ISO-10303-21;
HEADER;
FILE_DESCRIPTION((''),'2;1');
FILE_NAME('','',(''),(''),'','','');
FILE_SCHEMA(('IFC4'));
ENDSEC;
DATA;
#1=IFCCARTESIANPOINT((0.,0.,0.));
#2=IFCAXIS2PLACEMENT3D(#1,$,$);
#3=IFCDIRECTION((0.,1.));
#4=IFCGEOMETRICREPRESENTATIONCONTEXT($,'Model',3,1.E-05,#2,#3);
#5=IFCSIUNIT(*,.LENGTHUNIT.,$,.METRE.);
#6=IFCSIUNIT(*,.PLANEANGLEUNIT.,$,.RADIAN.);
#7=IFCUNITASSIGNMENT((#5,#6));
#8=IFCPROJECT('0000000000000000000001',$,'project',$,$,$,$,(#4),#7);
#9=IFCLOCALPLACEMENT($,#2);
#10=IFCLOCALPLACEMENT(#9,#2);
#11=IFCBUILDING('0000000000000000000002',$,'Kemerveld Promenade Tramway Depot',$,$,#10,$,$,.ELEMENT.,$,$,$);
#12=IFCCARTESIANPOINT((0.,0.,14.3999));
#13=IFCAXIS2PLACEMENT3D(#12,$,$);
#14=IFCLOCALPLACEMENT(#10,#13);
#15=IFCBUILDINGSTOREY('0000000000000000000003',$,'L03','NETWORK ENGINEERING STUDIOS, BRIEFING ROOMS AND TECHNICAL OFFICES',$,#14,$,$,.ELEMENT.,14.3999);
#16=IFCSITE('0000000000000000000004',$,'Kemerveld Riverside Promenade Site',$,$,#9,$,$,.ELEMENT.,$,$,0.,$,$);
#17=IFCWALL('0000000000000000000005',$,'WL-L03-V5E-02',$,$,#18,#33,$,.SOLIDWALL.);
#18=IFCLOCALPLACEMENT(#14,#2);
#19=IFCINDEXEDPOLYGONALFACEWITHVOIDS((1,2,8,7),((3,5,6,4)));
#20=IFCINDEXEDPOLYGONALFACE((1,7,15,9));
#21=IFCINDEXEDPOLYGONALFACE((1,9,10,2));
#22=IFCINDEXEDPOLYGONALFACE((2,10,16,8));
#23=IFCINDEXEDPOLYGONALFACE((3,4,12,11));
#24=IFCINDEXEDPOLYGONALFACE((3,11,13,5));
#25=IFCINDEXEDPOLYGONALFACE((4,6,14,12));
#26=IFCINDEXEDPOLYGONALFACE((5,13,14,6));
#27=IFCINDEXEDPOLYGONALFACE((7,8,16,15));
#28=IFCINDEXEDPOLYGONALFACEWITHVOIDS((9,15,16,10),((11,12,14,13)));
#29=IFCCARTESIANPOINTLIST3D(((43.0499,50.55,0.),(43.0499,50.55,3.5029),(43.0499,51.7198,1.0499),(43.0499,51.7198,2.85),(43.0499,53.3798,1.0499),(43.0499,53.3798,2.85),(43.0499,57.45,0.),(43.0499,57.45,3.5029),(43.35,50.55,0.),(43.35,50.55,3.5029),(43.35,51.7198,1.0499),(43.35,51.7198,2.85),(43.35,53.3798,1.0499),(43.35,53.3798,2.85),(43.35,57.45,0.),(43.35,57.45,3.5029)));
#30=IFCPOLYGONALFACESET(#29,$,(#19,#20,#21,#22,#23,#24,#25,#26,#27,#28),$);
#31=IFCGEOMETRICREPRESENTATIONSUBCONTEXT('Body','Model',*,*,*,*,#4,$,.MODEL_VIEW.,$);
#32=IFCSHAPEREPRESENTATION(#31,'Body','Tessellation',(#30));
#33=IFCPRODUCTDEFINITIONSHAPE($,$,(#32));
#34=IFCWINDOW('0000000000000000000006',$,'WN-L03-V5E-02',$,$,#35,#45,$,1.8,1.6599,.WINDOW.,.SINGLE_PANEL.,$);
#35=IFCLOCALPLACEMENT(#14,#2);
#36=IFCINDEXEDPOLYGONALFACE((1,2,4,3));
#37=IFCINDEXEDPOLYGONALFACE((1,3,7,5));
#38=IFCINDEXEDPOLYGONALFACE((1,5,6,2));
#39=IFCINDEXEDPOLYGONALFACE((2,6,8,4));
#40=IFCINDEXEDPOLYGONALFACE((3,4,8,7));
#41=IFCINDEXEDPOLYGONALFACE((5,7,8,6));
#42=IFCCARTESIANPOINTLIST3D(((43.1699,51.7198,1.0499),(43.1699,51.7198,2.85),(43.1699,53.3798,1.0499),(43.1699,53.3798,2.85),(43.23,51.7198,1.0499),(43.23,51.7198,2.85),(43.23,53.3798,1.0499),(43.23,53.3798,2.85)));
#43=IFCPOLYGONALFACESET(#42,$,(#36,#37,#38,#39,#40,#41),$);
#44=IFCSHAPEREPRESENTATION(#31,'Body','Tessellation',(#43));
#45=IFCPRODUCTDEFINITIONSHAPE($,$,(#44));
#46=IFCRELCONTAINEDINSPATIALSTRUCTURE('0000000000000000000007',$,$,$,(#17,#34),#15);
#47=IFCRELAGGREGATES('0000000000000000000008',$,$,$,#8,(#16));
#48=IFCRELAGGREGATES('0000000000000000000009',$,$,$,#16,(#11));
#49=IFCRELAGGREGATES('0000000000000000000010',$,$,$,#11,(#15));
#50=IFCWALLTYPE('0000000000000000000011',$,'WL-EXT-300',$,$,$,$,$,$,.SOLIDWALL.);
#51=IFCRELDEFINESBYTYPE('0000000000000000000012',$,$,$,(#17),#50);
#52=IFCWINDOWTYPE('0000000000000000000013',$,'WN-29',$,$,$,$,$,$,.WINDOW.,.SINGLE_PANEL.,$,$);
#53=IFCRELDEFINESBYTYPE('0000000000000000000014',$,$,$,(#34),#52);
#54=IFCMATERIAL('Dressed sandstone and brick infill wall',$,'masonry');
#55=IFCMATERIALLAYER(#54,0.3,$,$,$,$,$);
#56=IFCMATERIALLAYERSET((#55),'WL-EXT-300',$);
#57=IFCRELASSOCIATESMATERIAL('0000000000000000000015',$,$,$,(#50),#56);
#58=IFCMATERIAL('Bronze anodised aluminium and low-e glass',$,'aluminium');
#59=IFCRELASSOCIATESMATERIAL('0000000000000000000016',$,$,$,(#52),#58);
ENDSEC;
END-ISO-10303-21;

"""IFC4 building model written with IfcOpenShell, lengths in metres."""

from ifc_helpers import new_model, si_unit, direction, frame, frame_2d, origin, place, context, subcontext, project, spatial, rectangle, extrude, material, layer, layer_set, type_object, element, fill, save


model = new_model("IFC4")

# Units and contexts
model_context = context("Model", 3, precision=1e-05, world=origin(), true_north=direction((0.0, 1.0)))
body_context = subcontext(model_context, "Body", "Model", "MODEL_VIEW")
ifc_project = project(units=[si_unit("LENGTHUNIT", "METRE"), si_unit("PLANEANGLEUNIT", "RADIAN")], contexts=[model_context])

# Site, building, storey
site_placement = place(None, origin())
site = spatial("IfcSite", under=ifc_project, at=site_placement, Name="Kemerveld Riverside Promenade Site", CompositionType="ELEMENT", RefElevation=0.0)
building_placement = place(site_placement, origin())
building = spatial("IfcBuilding", under=site, at=building_placement, Name="Kemerveld Promenade Tramway Depot", CompositionType="ELEMENT")
storey_placement = place(building_placement, frame((0.0, 0.0, 14.3999)))
storey = spatial("IfcBuildingStorey", under=building, at=storey_placement, Name="L03", Description="NETWORK ENGINEERING STUDIOS, BRIEFING ROOMS AND TECHNICAL OFFICES", CompositionType="ELEMENT", Elevation=14.3999)

# Wall, opening, window
ifc_material_1 = material(Name="Dressed sandstone and brick infill wall", Category="masonry")
ifc_layer_1 = layer(ifc_material_1, 0.3)
ifc_layer_set_1 = layer_set([ifc_layer_1], Name="WL-EXT-300")
wall_type_1 = type_object("IfcWallType", Name="WL-EXT-300", PredefinedType="SOLIDWALL", material=ifc_layer_set_1)
wall_1_placement = place(storey_placement, frame((43.2, 57.45, 0.0), z_axis=(0.0, 0.0, 1.0), x_axis=(0.0, -1.0, 0.0)))
wall_1 = element("IfcWall", 1, at=wall_1_placement, inside=storey, type_object=wall_type_1, Name="WL-L03-V5E-02", PredefinedType="SOLIDWALL", context=body_context, shape_type="SweptSolid", body=[
    extrude(rectangle(XDim=6.8999, YDim=0.3, at=frame_2d((3.45, 0.0))), origin(), (0.0, 0.0, 1.0), 3.5029),
])
opening_1_placement = place(wall_1_placement, frame((4.0701, 0.0, 1.05)))
opening_1 = element("IfcOpeningElement", 2, at=opening_1_placement, cuts=wall_1, PredefinedType="OPENING", context=body_context, shape_type="SweptSolid", body=[
    extrude(rectangle(XDim=1.6599, YDim=1.8, at=frame_2d((0.8301, 0.8999))), frame((0.0, 0.1599, 0.0), z_axis=(0.0, -1.0, 0.0), x_axis=(1.0, 0.0, 0.0)), (0.0, 0.0, 1.0), 0.3201),
])
ifc_material_2 = material(Name="Bronze anodised aluminium and low-e glass", Category="aluminium")
window_type = type_object("IfcWindowType", Name="WN-29", PartitioningType="SINGLE_PANEL", PredefinedType="WINDOW", material=ifc_material_2)
window_placement = place(opening_1_placement, origin())
window = element("IfcWindow", 3, at=window_placement, inside=storey, type_object=window_type, Name="WN-L03-V5E-02", OverallHeight=1.8, OverallWidth=1.6599, PartitioningType="SINGLE_PANEL", PredefinedType="WINDOW", context=body_context, shape_type="SweptSolid", body=[
    extrude(rectangle(XDim=1.6599, YDim=1.8, at=frame_2d((0.8301, 0.8999))), frame((0.0, 0.03, 0.0), z_axis=(0.0, -1.0, 0.0), x_axis=(1.0, 0.0, 0.0)), (0.0, 0.0, 1.0), 0.0601),
])
fill(opening_1, window)

save(model, "model.ifc")
